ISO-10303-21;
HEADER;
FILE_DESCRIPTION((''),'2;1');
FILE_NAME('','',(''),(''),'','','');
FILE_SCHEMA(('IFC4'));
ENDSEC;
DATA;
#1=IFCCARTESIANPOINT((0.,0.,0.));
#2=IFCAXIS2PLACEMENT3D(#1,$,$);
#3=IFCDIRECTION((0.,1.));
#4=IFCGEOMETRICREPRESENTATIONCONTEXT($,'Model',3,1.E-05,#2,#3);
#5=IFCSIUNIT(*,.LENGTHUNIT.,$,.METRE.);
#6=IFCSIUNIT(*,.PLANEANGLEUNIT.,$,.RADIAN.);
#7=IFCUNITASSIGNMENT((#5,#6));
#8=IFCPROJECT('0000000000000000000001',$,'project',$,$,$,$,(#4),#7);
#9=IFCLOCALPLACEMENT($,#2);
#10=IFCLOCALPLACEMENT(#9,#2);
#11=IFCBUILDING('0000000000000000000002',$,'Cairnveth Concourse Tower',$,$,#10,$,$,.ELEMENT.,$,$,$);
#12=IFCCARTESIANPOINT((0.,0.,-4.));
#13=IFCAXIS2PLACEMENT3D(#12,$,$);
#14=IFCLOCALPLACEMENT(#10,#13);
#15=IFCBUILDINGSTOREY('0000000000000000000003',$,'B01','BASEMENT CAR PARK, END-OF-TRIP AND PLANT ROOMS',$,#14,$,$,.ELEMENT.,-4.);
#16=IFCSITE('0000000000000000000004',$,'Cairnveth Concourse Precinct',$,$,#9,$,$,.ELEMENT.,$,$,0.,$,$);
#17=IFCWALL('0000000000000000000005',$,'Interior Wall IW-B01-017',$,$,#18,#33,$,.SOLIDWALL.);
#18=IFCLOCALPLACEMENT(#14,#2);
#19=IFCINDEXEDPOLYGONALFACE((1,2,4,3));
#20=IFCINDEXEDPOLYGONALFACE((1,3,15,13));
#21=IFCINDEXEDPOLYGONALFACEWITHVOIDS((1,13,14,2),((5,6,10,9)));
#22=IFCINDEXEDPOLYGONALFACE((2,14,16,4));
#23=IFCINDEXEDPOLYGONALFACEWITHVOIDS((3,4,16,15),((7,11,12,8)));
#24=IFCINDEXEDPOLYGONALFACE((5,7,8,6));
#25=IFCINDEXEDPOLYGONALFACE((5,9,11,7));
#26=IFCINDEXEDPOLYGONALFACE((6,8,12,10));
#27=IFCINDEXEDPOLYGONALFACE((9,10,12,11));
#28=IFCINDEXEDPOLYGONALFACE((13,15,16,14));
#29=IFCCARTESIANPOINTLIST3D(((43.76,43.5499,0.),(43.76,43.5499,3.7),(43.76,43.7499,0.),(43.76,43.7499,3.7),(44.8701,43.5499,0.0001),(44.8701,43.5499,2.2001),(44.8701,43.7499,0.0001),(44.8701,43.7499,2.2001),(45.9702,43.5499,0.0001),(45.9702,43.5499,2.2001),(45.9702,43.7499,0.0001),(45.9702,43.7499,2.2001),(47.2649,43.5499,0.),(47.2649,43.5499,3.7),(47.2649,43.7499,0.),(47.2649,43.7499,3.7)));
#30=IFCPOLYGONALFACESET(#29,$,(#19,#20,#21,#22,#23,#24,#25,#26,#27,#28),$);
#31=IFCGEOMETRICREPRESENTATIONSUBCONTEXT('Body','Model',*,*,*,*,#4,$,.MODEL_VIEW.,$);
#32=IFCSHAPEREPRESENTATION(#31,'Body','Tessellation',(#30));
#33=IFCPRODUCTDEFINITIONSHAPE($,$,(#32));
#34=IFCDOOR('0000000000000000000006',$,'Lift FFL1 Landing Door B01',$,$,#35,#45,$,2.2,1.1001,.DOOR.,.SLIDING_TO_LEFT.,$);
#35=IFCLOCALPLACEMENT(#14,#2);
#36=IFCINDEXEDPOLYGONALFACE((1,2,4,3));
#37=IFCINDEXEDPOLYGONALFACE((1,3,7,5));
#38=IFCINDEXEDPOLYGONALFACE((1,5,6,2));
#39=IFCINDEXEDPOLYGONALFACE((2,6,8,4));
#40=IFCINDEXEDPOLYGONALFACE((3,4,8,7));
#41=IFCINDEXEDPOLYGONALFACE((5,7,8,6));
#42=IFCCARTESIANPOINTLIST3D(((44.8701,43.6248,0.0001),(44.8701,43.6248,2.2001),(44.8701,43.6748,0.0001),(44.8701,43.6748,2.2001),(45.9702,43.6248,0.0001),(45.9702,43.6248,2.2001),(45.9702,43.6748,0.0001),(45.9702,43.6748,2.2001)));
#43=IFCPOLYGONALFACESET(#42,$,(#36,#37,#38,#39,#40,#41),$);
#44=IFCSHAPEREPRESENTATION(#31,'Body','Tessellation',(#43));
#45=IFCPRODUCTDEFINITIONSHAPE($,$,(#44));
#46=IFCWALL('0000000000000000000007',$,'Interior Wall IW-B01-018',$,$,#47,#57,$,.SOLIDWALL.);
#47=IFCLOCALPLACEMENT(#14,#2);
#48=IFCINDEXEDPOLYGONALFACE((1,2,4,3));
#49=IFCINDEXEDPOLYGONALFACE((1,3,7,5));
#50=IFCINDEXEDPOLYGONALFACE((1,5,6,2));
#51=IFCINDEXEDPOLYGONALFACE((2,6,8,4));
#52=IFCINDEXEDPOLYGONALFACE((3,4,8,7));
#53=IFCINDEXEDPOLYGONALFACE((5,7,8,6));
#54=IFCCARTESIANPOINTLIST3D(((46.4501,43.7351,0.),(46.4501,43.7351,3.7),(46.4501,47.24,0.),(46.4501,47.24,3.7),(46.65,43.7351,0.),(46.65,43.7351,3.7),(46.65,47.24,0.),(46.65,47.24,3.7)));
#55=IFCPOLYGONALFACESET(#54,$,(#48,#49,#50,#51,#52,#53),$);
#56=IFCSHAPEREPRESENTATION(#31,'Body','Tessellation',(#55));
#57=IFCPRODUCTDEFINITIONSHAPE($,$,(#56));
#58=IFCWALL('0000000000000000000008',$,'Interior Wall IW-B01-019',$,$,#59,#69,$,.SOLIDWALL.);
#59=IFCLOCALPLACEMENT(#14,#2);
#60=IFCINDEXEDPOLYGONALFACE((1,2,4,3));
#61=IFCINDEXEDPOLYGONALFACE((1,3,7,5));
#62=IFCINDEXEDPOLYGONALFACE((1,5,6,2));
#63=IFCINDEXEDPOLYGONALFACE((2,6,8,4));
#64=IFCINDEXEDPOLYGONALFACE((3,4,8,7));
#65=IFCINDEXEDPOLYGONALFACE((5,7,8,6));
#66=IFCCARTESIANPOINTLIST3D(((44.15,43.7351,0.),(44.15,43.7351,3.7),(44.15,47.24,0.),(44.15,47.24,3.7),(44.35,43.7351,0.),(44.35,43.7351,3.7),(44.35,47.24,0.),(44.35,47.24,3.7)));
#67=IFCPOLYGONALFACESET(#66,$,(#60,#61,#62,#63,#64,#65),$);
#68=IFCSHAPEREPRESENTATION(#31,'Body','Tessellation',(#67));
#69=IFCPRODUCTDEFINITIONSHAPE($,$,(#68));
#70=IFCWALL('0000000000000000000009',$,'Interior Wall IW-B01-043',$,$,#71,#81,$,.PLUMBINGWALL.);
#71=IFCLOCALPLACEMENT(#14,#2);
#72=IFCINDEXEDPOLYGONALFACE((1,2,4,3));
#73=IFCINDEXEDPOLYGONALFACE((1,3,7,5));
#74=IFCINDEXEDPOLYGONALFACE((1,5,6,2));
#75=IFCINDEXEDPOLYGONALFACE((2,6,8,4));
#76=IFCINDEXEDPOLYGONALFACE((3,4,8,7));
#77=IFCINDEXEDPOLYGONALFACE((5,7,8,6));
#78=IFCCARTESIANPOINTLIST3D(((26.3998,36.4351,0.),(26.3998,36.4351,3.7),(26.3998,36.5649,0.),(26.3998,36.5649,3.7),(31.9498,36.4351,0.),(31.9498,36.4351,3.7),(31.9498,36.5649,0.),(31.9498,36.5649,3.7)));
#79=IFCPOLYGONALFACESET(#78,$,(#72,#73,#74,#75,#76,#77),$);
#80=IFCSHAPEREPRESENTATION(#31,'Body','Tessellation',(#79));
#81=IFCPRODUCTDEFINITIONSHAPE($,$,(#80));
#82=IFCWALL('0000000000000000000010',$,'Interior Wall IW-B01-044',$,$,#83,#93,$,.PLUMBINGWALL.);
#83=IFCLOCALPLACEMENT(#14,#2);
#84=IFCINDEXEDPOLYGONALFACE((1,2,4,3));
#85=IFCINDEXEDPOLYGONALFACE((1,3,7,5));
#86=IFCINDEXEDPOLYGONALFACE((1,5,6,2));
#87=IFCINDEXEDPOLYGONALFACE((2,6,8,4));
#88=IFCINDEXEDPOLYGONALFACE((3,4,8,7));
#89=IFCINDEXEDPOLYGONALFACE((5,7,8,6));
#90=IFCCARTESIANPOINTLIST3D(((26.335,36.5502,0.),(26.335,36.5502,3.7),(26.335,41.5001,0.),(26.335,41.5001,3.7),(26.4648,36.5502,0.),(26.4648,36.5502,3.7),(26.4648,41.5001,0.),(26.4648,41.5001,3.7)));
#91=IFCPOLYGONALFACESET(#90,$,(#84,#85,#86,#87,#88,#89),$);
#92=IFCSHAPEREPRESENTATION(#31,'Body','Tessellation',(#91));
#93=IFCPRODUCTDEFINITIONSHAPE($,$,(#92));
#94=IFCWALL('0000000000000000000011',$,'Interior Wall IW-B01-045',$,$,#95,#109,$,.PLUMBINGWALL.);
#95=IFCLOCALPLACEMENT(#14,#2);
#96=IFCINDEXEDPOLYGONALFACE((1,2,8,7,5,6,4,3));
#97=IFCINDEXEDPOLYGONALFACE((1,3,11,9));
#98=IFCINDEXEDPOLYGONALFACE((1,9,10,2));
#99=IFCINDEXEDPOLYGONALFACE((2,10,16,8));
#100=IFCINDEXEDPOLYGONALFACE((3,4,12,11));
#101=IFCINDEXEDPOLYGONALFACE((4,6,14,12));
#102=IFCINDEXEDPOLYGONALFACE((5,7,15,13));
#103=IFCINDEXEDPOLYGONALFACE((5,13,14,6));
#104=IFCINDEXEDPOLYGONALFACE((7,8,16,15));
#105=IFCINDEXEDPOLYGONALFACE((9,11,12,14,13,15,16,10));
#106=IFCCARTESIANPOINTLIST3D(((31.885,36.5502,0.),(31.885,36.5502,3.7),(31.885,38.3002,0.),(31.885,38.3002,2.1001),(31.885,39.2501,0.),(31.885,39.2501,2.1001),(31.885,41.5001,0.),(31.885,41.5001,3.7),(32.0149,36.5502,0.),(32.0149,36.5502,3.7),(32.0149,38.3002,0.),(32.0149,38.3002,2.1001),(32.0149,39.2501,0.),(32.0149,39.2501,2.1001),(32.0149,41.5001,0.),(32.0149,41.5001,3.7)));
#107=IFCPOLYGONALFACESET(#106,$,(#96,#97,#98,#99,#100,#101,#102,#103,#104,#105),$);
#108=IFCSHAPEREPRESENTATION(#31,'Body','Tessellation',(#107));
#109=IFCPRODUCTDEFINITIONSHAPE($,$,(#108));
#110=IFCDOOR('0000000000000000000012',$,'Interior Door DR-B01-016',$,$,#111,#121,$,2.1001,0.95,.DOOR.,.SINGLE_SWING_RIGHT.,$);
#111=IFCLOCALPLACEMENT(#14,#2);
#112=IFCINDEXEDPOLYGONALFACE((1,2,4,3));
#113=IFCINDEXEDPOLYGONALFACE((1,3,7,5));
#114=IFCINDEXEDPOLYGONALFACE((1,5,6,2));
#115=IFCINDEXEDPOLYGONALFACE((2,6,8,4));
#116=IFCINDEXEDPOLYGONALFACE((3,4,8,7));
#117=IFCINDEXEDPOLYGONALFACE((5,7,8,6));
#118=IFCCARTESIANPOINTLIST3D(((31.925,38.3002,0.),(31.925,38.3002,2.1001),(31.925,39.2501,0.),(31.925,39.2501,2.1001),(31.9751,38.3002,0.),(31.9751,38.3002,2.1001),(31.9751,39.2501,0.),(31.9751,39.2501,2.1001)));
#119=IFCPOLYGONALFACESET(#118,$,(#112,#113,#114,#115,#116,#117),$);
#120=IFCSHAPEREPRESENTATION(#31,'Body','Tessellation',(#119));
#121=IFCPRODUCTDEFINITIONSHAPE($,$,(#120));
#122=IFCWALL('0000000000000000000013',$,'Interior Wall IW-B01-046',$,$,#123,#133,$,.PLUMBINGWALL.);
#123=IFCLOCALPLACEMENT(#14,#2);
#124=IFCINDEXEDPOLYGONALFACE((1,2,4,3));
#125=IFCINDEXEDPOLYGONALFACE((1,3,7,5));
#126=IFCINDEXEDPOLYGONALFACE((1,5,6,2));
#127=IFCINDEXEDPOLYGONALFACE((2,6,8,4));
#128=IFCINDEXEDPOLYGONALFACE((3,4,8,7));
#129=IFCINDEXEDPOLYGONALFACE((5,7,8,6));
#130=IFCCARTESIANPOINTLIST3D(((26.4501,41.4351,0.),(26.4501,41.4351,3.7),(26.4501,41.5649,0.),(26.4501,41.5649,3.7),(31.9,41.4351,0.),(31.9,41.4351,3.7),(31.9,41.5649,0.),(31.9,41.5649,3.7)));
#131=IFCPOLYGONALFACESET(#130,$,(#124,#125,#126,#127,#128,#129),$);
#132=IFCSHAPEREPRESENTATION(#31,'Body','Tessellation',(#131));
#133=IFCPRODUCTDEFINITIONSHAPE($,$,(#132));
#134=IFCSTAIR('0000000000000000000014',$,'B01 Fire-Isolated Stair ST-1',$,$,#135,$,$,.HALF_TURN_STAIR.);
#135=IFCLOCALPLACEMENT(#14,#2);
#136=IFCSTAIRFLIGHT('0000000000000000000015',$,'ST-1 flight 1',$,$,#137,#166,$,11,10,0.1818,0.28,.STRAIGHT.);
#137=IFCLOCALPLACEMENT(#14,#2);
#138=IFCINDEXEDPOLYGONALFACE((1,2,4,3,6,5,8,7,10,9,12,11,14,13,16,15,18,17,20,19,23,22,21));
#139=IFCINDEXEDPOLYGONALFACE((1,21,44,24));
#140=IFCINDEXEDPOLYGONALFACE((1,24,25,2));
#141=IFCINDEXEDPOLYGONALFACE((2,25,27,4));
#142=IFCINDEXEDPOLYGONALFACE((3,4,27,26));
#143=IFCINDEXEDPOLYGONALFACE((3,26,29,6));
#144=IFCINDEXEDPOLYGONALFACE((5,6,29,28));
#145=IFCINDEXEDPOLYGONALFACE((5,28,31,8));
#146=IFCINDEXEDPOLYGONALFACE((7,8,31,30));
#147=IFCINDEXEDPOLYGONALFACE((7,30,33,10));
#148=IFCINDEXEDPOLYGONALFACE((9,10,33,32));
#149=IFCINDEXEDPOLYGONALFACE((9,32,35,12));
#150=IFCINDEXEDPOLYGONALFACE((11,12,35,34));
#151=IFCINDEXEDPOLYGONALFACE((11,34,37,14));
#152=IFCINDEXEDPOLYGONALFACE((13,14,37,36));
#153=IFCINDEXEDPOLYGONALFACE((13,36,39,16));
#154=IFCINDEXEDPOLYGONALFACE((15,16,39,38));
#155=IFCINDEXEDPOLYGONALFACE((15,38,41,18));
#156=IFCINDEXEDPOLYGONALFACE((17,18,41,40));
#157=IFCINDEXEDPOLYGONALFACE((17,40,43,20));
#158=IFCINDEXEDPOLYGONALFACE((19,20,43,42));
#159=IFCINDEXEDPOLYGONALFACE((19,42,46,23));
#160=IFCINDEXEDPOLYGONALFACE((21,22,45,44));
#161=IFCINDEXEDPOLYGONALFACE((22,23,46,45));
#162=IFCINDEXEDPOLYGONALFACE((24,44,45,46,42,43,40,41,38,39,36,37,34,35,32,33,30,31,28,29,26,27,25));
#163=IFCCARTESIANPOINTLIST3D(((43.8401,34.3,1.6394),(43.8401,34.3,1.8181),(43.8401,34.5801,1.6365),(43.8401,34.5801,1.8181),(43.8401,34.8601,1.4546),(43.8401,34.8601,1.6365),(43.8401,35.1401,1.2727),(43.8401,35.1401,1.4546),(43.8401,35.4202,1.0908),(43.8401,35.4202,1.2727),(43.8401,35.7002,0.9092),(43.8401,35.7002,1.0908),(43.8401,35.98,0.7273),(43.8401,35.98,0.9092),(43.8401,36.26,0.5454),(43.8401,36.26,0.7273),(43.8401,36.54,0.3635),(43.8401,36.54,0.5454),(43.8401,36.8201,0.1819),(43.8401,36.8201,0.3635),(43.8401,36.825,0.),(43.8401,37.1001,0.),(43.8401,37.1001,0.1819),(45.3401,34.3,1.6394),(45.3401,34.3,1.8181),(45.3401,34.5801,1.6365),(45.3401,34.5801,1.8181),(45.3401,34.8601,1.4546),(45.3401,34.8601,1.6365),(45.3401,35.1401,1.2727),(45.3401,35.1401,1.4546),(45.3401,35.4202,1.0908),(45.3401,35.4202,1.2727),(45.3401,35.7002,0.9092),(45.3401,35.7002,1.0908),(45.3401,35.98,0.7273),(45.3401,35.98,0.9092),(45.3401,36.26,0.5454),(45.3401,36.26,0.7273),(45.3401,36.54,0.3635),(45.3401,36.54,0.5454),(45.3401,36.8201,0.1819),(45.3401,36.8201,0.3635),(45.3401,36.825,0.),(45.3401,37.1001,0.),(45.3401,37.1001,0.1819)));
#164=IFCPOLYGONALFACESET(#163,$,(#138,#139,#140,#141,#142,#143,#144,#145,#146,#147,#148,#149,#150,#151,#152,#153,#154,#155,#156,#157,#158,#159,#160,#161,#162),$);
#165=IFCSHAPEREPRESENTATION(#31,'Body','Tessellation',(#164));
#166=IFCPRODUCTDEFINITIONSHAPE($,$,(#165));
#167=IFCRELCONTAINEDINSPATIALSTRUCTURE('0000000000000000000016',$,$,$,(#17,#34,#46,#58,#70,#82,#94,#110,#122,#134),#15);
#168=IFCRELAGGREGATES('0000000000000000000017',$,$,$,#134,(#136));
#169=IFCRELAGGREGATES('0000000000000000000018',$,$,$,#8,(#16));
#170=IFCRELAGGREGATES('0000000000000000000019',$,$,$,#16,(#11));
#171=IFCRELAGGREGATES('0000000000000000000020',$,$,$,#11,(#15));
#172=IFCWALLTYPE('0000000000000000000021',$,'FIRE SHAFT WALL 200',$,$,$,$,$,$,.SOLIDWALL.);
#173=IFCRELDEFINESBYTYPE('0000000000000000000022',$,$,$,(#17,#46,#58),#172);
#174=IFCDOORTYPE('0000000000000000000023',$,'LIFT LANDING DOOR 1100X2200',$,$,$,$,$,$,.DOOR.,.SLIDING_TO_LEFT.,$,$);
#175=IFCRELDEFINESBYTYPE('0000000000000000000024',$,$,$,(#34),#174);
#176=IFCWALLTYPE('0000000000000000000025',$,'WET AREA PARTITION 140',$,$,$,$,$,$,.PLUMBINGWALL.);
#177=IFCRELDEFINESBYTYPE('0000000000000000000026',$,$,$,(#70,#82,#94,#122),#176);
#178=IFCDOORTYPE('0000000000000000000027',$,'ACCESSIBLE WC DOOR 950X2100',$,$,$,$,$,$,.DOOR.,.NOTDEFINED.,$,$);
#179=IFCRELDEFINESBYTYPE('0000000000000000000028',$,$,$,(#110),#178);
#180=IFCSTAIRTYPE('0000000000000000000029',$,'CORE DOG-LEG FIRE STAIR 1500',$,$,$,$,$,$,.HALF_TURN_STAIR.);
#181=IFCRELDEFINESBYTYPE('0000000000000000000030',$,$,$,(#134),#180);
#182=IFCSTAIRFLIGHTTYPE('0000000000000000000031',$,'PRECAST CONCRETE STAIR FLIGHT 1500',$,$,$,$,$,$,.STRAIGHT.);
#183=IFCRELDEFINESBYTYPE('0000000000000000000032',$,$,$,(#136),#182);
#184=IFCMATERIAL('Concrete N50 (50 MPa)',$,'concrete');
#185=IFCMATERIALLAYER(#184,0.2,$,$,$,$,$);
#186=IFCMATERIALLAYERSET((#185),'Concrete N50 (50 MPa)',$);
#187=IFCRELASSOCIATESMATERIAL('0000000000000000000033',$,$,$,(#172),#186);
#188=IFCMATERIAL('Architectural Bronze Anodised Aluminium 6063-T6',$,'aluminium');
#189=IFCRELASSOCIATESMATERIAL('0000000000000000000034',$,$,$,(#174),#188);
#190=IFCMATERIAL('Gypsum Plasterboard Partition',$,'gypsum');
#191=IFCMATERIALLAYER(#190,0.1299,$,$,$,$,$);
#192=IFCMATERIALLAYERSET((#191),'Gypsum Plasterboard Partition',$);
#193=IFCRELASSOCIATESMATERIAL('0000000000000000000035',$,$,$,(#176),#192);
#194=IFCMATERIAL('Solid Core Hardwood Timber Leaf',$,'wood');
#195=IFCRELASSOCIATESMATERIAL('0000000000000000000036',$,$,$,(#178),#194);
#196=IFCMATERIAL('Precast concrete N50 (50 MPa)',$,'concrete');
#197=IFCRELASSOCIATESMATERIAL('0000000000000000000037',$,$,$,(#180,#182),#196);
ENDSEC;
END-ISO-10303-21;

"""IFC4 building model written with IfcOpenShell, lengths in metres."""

from ifc_helpers import new_model, si_unit, direction, frame, frame_2d, origin, place, context, subcontext, project, spatial, polyline, rectangle, outline, extrude, material, layer, layer_set, type_object, element, fill, aggregate, save


model = new_model("IFC4")

# Units and contexts
model_context = context("Model", 3, precision=1e-05, world=origin(), true_north=direction((0.0, 1.0)))
body_context = subcontext(model_context, "Body", "Model", "MODEL_VIEW")
ifc_project = project(units=[si_unit("LENGTHUNIT", "METRE"), si_unit("PLANEANGLEUNIT", "RADIAN")], contexts=[model_context])

# Site, building, storey
site_placement = place(None, origin())
site = spatial("IfcSite", under=ifc_project, at=site_placement, Name="Cairnveth Concourse Precinct", CompositionType="ELEMENT", RefElevation=0.0)
building_placement = place(site_placement, origin())
building = spatial("IfcBuilding", under=site, at=building_placement, Name="Cairnveth Concourse Tower", CompositionType="ELEMENT")
storey_placement = place(building_placement, frame((0.0, 0.0, -4.0)))
storey = spatial("IfcBuildingStorey", under=building, at=storey_placement, Name="B01", Description="BASEMENT CAR PARK, END-OF-TRIP AND PLANT ROOMS", CompositionType="ELEMENT", Elevation=-4.0)

# Shared definitions
ifc_material_1 = material(Name="Concrete N50 (50 MPa)", Category="concrete")

# Wall, opening, door
ifc_layer_1 = layer(ifc_material_1, 0.2)
ifc_layer_set_1 = layer_set([ifc_layer_1], Name="Concrete N50 (50 MPa)")
wall_type_1 = type_object("IfcWallType", Name="FIRE SHAFT WALL 200", PredefinedType="SOLIDWALL", material=ifc_layer_set_1)
wall_1_placement = place(storey_placement, frame((43.76, 43.6499, 0.0), z_axis=(0.0, 0.0, 1.0), x_axis=(1.0, 0.0, 0.0)))
wall_1 = element("IfcWall", 1, at=wall_1_placement, inside=storey, type_object=wall_type_1, Name="Interior Wall IW-B01-017", PredefinedType="SOLIDWALL", context=body_context, shape_type="SweptSolid", body=[
    extrude(rectangle(XDim=3.5049, YDim=0.2, at=frame_2d((1.7524, 0.0))), origin(), (0.0, 0.0, 1.0), 3.7),
])
opening_1_placement = place(wall_1_placement, frame((1.1101, 0.0, 0.0)))
opening_1 = element("IfcOpeningElement", 2, at=opening_1_placement, cuts=wall_1, PredefinedType="OPENING", context=body_context, shape_type="SweptSolid", body=[
    extrude(rectangle(XDim=1.1001, YDim=2.2, at=frame_2d((0.55, 1.1001))), frame((0.0, 0.1099, 0.0), z_axis=(0.0, -1.0, 0.0), x_axis=(1.0, 0.0, 0.0)), (0.0, 0.0, 1.0), 0.22),
])
ifc_material_2 = material(Name="Architectural Bronze Anodised Aluminium 6063-T6", Category="aluminium")
door_type_1 = type_object("IfcDoorType", Name="LIFT LANDING DOOR 1100X2200", OperationType="SLIDING_TO_LEFT", PredefinedType="DOOR", material=ifc_material_2)
door_1_placement = place(opening_1_placement, origin())
door_1 = element("IfcDoor", 3, at=door_1_placement, inside=storey, type_object=door_type_1, Name="Lift FFL1 Landing Door B01", OperationType="SLIDING_TO_LEFT", OverallHeight=2.2, OverallWidth=1.1001, PredefinedType="DOOR", context=body_context, shape_type="SweptSolid", body=[
    extrude(rectangle(XDim=1.1001, YDim=2.2, at=frame_2d((0.55, 1.1001))), frame((0.0, 0.0249, 0.0), z_axis=(0.0, -1.0, 0.0), x_axis=(1.0, 0.0, 0.0)), (0.0, 0.0, 1.0), 0.05),
])
fill(opening_1, door_1)

# Walls
for number, where, z_axis, x_axis, name in (
    (4, (46.55, 43.7351, 0.0), (0.0, 0.0, 1.0), (0.0, 1.0, 0.0), "Interior Wall IW-B01-018"),
    (5, (44.25, 43.7351, 0.0), (0.0, 0.0, 1.0), (0.0, 1.0, 0.0), "Interior Wall IW-B01-019"),
):
    element("IfcWall", number, at=place(storey_placement, frame(where, z_axis=z_axis, x_axis=x_axis)), inside=storey, type_object=wall_type_1, Name=name, PredefinedType="SOLIDWALL", context=body_context, shape_type="SweptSolid", body=[
        extrude(rectangle(XDim=3.5049, YDim=0.2, at=frame_2d((1.7524, 0.0))), origin(), (0.0, 0.0, 1.0), 3.7),
    ])
ifc_material_3 = material(Name="Gypsum Plasterboard Partition", Category="gypsum")
ifc_layer_2 = layer(ifc_material_3, 0.1299)
ifc_layer_set_2 = layer_set([ifc_layer_2], Name="Gypsum Plasterboard Partition")
wall_type_2 = type_object("IfcWallType", Name="WET AREA PARTITION 140", PredefinedType="PLUMBINGWALL", material=ifc_layer_set_2)
wall_2_placement = place(storey_placement, frame((26.3999, 36.5, 0.0), z_axis=(0.0, 0.0, 1.0), x_axis=(1.0, 0.0, 0.0)))
element("IfcWall", 6, at=wall_2_placement, inside=storey, type_object=wall_type_2, Name="Interior Wall IW-B01-043", PredefinedType="PLUMBINGWALL", context=body_context, shape_type="SweptSolid", body=[
    extrude(rectangle(XDim=5.55, YDim=0.1299, at=frame_2d((2.7749, 0.0))), origin(), (0.0, 0.0, 1.0), 3.7),
])
wall_3_placement = place(storey_placement, frame((26.3999, 36.55, 0.0), z_axis=(0.0, 0.0, 1.0), x_axis=(0.0, 1.0, 0.0)))
element("IfcWall", 7, at=wall_3_placement, inside=storey, type_object=wall_type_2, Name="Interior Wall IW-B01-044", PredefinedType="PLUMBINGWALL", context=body_context, shape_type="SweptSolid", body=[
    extrude(rectangle(XDim=4.95, YDim=0.1299, at=frame_2d((2.4751, 0.0))), origin(), (0.0, 0.0, 1.0), 3.7),
])

# Wall, opening, door
wall_4_placement = place(storey_placement, frame((31.95, 36.55, 0.0), z_axis=(0.0, 0.0, 1.0), x_axis=(0.0, 1.0, 0.0)))
wall_4 = element("IfcWall", 8, at=wall_4_placement, inside=storey, type_object=wall_type_2, Name="Interior Wall IW-B01-045", PredefinedType="PLUMBINGWALL", context=body_context, shape_type="SweptSolid", body=[
    extrude(rectangle(XDim=4.95, YDim=0.1299, at=frame_2d((2.4751, 0.0))), origin(), (0.0, 0.0, 1.0), 3.7),
])
opening_2_placement = place(wall_4_placement, frame((1.75, 0.0, 0.0)))
opening_2 = element("IfcOpeningElement", 9, at=opening_2_placement, cuts=wall_4, PredefinedType="OPENING", context=body_context, shape_type="SweptSolid", body=[
    extrude(rectangle(XDim=0.95, YDim=2.1001, at=frame_2d((0.4751, 1.05))), frame((0.0, 0.075, 0.0), z_axis=(0.0, -1.0, 0.0), x_axis=(1.0, 0.0, 0.0)), (0.0, 0.0, 1.0), 0.1499),
])
ifc_material_4 = material(Name="Solid Core Hardwood Timber Leaf", Category="wood")
door_type_2 = type_object("IfcDoorType", Name="ACCESSIBLE WC DOOR 950X2100", OperationType="NOTDEFINED", PredefinedType="DOOR", material=ifc_material_4)
door_2_placement = place(opening_2_placement, origin())
door_2 = element("IfcDoor", 10, at=door_2_placement, inside=storey, type_object=door_type_2, Name="Interior Door DR-B01-016", OperationType="SINGLE_SWING_RIGHT", OverallHeight=2.1001, OverallWidth=0.95, PredefinedType="DOOR", context=body_context, shape_type="SweptSolid", body=[
    extrude(rectangle(XDim=0.95, YDim=2.1001, at=frame_2d((0.4751, 1.05))), frame((0.0, 0.0249, 0.0), z_axis=(0.0, -1.0, 0.0), x_axis=(1.0, 0.0, 0.0)), (0.0, 0.0, 1.0), 0.05),
])
fill(opening_2, door_2)

# Wall
wall_5_placement = place(storey_placement, frame((26.45, 41.5, 0.0), z_axis=(0.0, 0.0, 1.0), x_axis=(1.0, 0.0, 0.0)))
element("IfcWall", 11, at=wall_5_placement, inside=storey, type_object=wall_type_2, Name="Interior Wall IW-B01-046", PredefinedType="PLUMBINGWALL", context=body_context, shape_type="SweptSolid", body=[
    extrude(rectangle(XDim=5.45, YDim=0.1299, at=frame_2d((2.7251, 0.0))), origin(), (0.0, 0.0, 1.0), 3.7),
])

# Stair, stair flight
ifc_material_5 = material(Name="Precast concrete N50 (50 MPa)", Category="concrete")
stair_type = type_object("IfcStairType", Name="CORE DOG-LEG FIRE STAIR 1500", PredefinedType="HALF_TURN_STAIR", material=ifc_material_5)
stair_placement = place(storey_placement, origin())
stair = element("IfcStair", 12, at=stair_placement, inside=storey, type_object=stair_type, Name="B01 Fire-Isolated Stair ST-1", PredefinedType="HALF_TURN_STAIR")
stair_flight_type = type_object("IfcStairFlightType", Name="PRECAST CONCRETE STAIR FLIGHT 1500", PredefinedType="STRAIGHT", material=ifc_material_5)
stair_flight_1_placement = place(storey_placement, frame((44.5901, 37.1001, 0.0), z_axis=(0.0, 0.0, 1.0), x_axis=(0.0, -1.0, 0.0)))
stair_flight_1 = element("IfcStairFlight", 13, at=stair_flight_1_placement, type_object=stair_flight_type, Name="ST-1 flight 1", NumberOfRisers=11, NumberOfTreads=10, PredefinedType="STRAIGHT", RiserHeight=0.1818, TreadLength=0.28, context=body_context, shape_type="SweptSolid", body=[
    extrude(outline(polyline([(0.0, 0.0), (0.0, 0.1819), (0.28, 0.1819), (0.28, 0.3635), (0.5601, 0.3635), (0.5601, 0.5454), (0.8401, 0.5454), (0.8401, 0.7273), (1.1201, 0.7273), (1.1201, 0.9092), (1.3999, 0.9092), (1.3999, 1.0908), (1.6799, 1.0908), (1.6799, 1.2727), (1.96, 1.2727), (1.96, 1.4546), (2.24, 1.4546), (2.24, 1.6365), (2.52, 1.6365), (2.52, 1.8181), (2.8, 1.8181), (2.8, 2.0), (2.8, 1.6394), (0.2751, 0.0), (0.0, 0.0)])), frame((0.0, 0.75, 0.0), z_axis=(0.0, -1.0, 0.0), x_axis=(1.0, 0.0, 0.0)), (0.0, 0.0, 1.0), 1.5),
])
aggregate(stair, [stair_flight_1])

save(model, "model.ifc")
